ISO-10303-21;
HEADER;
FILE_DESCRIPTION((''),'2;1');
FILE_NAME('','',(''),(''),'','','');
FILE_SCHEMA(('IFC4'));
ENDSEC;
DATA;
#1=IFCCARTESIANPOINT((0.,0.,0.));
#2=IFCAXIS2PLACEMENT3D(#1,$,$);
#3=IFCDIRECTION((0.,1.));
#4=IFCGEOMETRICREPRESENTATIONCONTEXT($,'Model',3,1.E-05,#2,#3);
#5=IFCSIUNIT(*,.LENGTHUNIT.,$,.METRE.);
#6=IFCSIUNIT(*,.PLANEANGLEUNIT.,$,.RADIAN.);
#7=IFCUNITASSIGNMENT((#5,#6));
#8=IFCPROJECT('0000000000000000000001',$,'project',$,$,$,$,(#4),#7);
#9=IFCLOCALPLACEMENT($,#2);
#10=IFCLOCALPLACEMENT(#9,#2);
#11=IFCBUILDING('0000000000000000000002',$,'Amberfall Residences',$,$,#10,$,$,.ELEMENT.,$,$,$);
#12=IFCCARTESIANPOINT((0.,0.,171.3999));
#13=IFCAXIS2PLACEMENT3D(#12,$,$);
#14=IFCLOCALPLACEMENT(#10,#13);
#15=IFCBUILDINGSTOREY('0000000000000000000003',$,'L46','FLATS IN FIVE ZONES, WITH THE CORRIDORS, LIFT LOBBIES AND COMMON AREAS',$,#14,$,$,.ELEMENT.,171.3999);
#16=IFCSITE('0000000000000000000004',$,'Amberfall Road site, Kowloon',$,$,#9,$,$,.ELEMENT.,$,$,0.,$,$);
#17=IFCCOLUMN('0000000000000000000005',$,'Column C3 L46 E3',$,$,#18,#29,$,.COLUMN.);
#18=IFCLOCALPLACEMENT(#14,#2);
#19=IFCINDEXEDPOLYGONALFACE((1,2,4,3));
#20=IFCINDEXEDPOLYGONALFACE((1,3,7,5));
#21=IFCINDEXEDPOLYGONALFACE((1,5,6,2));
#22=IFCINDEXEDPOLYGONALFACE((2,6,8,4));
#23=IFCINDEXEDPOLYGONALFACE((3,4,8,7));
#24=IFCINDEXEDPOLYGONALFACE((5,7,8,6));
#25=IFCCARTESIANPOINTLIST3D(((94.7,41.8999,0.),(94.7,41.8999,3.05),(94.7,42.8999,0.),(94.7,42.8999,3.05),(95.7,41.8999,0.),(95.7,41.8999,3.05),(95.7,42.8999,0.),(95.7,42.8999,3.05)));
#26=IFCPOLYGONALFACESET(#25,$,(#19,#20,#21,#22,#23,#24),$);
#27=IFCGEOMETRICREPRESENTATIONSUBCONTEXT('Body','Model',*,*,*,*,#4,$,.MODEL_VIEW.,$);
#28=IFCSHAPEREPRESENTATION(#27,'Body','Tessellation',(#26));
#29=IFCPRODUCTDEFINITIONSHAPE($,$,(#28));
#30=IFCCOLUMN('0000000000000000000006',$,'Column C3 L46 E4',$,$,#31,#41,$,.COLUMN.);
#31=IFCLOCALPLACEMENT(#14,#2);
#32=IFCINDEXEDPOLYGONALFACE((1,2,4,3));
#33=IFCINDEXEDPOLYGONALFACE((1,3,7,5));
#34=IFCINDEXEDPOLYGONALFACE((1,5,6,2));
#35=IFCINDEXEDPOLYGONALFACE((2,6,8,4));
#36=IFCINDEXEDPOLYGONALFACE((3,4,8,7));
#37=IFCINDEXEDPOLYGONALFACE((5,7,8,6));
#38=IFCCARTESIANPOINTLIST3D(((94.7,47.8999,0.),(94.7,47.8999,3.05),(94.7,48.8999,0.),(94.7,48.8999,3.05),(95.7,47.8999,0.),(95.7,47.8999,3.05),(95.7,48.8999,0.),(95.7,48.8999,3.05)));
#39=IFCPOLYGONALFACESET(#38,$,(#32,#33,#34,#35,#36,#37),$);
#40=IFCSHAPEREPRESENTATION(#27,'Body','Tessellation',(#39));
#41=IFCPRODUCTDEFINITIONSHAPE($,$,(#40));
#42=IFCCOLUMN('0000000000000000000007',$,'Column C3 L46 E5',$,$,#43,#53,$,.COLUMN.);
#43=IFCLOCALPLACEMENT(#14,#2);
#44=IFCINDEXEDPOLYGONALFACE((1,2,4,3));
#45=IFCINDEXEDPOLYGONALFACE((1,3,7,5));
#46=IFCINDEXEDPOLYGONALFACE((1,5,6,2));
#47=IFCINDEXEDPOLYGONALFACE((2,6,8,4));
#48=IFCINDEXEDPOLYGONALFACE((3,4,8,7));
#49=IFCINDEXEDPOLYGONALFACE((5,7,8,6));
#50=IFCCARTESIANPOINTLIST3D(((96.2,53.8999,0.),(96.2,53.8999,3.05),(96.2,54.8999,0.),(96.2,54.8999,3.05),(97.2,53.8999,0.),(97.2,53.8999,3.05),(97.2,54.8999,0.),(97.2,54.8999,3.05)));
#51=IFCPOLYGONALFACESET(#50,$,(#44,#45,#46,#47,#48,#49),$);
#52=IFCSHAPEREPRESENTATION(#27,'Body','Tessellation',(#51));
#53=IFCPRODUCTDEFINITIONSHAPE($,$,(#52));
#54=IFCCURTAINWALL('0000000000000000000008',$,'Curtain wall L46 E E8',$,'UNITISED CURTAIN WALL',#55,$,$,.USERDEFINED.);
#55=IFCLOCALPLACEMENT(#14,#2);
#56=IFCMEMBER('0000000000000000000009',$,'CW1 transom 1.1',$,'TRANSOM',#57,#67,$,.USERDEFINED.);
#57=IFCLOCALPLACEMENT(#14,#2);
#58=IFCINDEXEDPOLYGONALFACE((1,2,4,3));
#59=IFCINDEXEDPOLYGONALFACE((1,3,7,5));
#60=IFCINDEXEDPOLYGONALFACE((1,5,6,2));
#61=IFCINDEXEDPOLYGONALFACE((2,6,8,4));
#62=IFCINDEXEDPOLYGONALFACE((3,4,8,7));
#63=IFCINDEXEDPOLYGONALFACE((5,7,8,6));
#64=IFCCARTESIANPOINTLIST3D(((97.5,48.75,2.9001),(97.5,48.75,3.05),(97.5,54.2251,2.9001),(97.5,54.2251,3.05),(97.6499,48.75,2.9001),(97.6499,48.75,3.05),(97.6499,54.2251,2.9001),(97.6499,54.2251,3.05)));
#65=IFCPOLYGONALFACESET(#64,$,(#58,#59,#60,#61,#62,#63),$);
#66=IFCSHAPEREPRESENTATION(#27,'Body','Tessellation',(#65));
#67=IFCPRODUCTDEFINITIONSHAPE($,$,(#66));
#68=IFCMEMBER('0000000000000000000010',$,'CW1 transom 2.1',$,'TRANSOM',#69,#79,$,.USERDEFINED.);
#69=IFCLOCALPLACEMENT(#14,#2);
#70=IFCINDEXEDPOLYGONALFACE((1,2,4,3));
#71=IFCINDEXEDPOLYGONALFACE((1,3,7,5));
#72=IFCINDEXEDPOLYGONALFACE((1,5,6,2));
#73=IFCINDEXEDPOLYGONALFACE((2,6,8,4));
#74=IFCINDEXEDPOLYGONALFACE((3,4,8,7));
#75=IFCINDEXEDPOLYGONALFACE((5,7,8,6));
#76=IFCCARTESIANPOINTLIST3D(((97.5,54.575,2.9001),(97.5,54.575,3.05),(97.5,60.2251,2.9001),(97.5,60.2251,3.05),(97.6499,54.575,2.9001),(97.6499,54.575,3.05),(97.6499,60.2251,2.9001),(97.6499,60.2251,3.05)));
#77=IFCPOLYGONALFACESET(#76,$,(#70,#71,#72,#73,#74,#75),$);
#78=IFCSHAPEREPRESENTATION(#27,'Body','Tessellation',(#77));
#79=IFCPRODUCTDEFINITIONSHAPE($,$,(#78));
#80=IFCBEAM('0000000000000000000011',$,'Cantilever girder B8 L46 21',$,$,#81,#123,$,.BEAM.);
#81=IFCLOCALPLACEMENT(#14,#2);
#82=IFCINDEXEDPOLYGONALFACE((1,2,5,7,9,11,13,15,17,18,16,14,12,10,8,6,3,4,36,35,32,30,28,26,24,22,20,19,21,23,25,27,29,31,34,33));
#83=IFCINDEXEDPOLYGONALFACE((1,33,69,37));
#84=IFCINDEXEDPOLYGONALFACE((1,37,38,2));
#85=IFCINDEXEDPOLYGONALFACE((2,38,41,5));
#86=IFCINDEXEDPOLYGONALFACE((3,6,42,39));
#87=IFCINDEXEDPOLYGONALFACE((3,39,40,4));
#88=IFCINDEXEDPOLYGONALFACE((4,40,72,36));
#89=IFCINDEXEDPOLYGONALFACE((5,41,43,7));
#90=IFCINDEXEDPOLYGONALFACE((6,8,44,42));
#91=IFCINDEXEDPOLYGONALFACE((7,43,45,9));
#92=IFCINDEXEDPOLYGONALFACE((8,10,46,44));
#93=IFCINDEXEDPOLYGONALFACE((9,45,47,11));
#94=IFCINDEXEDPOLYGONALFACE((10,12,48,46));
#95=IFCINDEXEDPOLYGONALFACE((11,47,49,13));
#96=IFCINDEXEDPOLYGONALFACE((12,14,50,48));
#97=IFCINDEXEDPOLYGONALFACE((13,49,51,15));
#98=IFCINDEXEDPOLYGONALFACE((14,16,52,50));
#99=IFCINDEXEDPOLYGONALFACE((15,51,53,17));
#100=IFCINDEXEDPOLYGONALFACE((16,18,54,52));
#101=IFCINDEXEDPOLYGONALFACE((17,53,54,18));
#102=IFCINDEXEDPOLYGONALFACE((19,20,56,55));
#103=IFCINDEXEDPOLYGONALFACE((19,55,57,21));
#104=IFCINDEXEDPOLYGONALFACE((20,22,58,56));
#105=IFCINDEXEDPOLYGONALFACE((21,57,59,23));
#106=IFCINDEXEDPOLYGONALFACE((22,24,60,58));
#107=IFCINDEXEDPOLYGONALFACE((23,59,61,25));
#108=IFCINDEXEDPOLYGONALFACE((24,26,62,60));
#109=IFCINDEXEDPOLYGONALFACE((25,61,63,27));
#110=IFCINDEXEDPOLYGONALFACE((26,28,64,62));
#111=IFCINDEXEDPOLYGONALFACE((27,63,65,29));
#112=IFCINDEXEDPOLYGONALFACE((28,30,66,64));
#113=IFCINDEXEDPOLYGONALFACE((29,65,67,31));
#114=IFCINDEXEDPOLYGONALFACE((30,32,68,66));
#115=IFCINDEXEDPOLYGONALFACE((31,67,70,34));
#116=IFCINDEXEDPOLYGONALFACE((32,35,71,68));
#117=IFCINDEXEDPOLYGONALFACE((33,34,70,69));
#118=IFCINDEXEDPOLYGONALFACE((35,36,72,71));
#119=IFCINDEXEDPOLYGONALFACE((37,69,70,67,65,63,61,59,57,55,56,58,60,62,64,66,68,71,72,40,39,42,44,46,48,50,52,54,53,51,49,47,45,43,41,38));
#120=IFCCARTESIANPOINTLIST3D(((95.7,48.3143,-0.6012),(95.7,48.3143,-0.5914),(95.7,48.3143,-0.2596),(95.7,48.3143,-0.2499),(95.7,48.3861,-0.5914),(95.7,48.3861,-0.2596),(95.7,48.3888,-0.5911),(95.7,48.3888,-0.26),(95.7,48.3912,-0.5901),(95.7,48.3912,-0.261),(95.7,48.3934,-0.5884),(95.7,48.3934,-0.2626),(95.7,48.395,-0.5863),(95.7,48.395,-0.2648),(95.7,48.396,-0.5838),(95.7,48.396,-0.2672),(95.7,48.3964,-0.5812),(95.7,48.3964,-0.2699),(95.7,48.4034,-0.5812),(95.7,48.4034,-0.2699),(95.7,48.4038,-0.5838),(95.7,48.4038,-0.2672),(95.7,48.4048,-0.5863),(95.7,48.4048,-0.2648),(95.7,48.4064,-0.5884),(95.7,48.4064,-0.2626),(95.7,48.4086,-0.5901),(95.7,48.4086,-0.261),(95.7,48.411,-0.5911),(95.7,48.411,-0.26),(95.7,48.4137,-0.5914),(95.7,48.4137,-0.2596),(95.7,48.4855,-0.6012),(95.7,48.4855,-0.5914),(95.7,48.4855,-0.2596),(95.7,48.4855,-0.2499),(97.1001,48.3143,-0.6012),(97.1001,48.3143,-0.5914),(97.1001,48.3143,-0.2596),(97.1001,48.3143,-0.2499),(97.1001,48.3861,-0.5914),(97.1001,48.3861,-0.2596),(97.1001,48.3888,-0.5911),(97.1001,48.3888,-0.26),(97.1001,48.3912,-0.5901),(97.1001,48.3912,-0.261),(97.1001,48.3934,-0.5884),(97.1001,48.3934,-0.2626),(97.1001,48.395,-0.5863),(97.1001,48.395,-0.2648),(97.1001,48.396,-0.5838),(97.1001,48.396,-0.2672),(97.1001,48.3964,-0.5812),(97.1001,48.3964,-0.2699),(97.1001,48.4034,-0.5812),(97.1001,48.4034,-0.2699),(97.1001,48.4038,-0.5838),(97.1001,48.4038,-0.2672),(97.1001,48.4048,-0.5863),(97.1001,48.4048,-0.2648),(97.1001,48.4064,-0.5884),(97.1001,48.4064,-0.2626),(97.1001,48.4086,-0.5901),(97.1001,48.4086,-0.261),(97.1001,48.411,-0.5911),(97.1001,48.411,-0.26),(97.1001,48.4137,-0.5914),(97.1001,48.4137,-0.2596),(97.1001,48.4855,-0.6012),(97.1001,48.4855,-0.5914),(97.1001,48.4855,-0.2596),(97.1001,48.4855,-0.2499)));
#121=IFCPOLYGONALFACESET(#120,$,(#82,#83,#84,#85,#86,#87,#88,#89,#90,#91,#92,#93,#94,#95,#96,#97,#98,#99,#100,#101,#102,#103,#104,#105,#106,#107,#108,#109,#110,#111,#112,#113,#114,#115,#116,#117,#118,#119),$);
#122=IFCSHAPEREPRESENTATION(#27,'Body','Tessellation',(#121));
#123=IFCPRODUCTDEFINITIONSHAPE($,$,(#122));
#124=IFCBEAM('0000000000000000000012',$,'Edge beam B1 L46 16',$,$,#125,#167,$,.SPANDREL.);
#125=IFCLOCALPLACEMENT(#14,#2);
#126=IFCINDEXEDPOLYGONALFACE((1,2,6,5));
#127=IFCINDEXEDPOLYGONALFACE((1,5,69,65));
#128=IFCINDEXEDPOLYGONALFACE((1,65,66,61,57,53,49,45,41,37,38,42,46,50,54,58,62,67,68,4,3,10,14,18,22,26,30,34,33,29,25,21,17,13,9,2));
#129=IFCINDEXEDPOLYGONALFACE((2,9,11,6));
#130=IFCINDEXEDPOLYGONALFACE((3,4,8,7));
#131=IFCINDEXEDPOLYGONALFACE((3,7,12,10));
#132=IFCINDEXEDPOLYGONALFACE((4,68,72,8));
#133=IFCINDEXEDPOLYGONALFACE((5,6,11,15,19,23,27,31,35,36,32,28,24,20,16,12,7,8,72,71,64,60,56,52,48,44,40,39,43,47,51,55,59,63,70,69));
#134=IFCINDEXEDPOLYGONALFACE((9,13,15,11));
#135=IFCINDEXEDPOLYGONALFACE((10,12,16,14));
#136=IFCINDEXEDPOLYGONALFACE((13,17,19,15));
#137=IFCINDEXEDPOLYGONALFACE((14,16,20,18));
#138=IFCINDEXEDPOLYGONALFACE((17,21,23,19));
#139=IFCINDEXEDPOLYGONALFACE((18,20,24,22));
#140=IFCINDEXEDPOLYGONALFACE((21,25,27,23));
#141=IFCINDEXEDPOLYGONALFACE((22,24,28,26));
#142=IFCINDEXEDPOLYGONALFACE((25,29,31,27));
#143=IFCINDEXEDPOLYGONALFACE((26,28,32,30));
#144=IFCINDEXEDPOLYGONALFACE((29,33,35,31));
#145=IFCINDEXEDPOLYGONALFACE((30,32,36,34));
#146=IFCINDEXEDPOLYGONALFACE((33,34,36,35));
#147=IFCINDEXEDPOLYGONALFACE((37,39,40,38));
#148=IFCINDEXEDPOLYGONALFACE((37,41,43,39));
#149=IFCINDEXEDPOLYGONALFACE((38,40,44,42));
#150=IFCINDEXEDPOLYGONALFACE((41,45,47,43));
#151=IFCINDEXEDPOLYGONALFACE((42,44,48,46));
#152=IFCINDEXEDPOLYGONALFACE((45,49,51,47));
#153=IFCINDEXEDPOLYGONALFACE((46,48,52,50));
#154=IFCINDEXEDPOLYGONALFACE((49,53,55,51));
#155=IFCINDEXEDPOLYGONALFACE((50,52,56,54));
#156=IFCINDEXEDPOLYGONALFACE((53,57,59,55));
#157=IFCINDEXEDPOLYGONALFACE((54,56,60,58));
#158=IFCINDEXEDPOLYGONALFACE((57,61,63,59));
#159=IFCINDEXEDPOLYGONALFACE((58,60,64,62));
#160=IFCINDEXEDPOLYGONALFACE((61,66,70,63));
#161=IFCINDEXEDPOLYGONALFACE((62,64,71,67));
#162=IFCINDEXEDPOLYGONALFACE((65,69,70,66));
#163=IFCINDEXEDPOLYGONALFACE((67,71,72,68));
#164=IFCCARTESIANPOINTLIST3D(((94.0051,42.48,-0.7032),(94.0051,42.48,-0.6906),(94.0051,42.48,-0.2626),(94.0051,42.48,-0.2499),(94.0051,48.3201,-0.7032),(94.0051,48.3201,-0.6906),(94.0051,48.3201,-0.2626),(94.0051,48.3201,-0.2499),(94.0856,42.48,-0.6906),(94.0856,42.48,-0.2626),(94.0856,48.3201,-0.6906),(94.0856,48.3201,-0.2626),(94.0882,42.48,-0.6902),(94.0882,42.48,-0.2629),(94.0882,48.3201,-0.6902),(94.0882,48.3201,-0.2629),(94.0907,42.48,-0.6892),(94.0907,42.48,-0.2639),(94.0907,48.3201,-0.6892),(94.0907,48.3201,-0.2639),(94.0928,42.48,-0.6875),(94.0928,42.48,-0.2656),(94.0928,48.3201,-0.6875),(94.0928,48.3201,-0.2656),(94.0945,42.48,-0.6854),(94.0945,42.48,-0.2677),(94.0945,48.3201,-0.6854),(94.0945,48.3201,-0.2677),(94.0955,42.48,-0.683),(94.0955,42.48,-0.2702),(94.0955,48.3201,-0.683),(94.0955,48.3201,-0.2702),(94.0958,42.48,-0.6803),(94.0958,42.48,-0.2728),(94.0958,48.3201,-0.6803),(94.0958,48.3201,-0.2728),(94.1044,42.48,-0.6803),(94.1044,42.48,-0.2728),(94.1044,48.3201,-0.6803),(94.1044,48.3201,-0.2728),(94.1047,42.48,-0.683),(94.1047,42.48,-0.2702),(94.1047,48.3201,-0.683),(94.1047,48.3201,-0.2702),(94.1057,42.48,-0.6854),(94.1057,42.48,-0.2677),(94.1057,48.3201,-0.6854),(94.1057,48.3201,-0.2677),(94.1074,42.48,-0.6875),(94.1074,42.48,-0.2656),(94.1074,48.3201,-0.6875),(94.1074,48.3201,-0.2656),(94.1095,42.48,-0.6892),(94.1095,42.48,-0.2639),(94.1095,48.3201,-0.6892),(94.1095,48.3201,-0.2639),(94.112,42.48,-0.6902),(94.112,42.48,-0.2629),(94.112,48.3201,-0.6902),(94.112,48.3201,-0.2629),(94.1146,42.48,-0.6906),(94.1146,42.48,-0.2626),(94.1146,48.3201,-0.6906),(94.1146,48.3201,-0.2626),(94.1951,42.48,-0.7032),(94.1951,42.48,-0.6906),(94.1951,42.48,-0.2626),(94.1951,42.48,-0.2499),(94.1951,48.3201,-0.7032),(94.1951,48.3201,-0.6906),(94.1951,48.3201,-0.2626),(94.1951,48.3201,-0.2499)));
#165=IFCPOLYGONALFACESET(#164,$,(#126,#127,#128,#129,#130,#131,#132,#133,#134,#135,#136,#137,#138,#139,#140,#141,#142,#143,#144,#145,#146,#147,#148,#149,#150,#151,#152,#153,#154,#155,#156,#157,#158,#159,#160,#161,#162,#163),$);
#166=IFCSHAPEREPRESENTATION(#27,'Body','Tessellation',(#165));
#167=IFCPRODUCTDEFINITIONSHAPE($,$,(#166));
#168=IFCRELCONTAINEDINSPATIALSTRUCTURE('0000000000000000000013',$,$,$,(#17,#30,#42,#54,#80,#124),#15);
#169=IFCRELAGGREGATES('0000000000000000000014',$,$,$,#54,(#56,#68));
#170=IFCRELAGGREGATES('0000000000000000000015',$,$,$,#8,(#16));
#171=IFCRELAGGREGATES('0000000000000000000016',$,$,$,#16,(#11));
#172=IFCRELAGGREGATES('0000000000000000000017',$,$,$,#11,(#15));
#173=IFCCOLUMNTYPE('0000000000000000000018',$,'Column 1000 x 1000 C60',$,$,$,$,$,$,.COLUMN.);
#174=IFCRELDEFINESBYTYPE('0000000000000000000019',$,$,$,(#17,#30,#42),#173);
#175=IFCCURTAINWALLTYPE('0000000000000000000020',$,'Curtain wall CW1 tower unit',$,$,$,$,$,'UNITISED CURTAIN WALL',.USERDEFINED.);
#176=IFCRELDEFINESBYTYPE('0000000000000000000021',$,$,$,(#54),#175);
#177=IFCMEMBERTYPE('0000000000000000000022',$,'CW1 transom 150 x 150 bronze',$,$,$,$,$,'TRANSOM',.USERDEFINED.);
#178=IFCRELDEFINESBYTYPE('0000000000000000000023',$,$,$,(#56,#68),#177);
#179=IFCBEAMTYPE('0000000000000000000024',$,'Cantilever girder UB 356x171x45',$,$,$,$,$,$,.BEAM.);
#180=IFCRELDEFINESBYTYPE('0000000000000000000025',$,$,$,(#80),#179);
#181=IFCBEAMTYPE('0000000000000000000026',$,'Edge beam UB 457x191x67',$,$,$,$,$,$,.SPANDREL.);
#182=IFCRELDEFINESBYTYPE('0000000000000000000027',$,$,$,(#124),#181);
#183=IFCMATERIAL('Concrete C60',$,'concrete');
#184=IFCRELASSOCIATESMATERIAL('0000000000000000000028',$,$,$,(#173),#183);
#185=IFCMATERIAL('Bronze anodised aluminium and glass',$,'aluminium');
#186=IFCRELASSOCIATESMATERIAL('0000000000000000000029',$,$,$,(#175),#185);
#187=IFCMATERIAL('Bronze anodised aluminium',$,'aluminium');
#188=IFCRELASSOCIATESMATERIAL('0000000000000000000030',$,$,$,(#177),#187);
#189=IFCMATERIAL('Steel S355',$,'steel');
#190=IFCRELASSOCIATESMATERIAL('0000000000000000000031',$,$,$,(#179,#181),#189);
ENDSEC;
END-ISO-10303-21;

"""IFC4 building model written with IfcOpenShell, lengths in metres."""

from ifc_helpers import new_model, si_unit, direction, frame, origin, origin_2d, place, context, subcontext, project, spatial, rectangle, i_section, extrude, material, material_profile, profile_set, type_object, element, aggregate, save


model = new_model("IFC4")

# Units and contexts
model_context = context("Model", 3, precision=1e-05, world=origin(), true_north=direction((0.0, 1.0)))
body_context = subcontext(model_context, "Body", "Model", "MODEL_VIEW")
ifc_project = project(units=[si_unit("LENGTHUNIT", "METRE"), si_unit("PLANEANGLEUNIT", "RADIAN")], contexts=[model_context])

# Site, building, storey
site_placement = place(None, origin())
site = spatial("IfcSite", under=ifc_project, at=site_placement, Name="Amberfall Road site, Kowloon", CompositionType="ELEMENT", RefElevation=0.0)
building_placement = place(site_placement, origin())
building = spatial("IfcBuilding", under=site, at=building_placement, Name="Amberfall Residences", CompositionType="ELEMENT")
storey_placement = place(building_placement, frame((0.0, 0.0, 171.3999)))
storey = spatial("IfcBuildingStorey", under=building, at=storey_placement, Name="L46", Description="FLATS IN FIVE ZONES, WITH THE CORRIDORS, LIFT LOBBIES AND COMMON AREAS", CompositionType="ELEMENT", Elevation=171.3999)

# Columns
ifc_material_1 = material(Name="Concrete C60", Category="concrete")
ifc_material_profile_1 = material_profile(ifc_material_1, rectangle(XDim=1.0, YDim=1.0, at=origin_2d()), Name="Column 1000 x 1000 C60")
ifc_profile_set_1 = profile_set([ifc_material_profile_1], Name="Concrete C60")
column_type = type_object("IfcColumnType", Name="Column 1000 x 1000 C60", PredefinedType="COLUMN", material=ifc_profile_set_1)
for number, where, z_axis, x_axis, name in (
    (1, (95.2, 42.3999, 0.0), (0.0, 0.0, 1.0), (1.0, 0.0, 0.0), "Column C3 L46 E3"),
    (2, (95.2, 48.3999, 0.0), (0.0, 0.0, 1.0), (1.0, 0.0, 0.0), "Column C3 L46 E4"),
    (3, (96.7, 54.3999, 0.0), (0.0, 0.0, 1.0), (1.0, 0.0, 0.0), "Column C3 L46 E5"),
):
    element("IfcColumn", number, at=place(storey_placement, frame(where, z_axis=z_axis, x_axis=x_axis)), inside=storey, type_object=column_type, Name=name, PredefinedType="COLUMN", context=body_context, shape_type="SweptSolid", body=[
        extrude(rectangle(XDim=1.0, YDim=1.0, at=origin_2d()), origin(), (0.0, 0.0, 1.0), 3.05),
    ])

# Curtain wall, members
ifc_material_2 = material(Name="Bronze anodised aluminium and glass", Category="aluminium")
curtain_wall_type = type_object("IfcCurtainWallType", Name="Curtain wall CW1 tower unit", ElementType="UNITISED CURTAIN WALL", PredefinedType="USERDEFINED", material=ifc_material_2)
curtain_wall_placement = place(storey_placement, origin())
curtain_wall = element("IfcCurtainWall", 4, at=curtain_wall_placement, inside=storey, type_object=curtain_wall_type, Name="Curtain wall L46 E E8", ObjectType="UNITISED CURTAIN WALL", PredefinedType="USERDEFINED")
ifc_material_3 = material(Name="Bronze anodised aluminium", Category="aluminium")
ifc_material_profile_2 = material_profile(ifc_material_3, rectangle(XDim=0.1499, YDim=0.1499, at=origin_2d()), Name="CW1 transom 150 x 150 bronze")
ifc_profile_set_2 = profile_set([ifc_material_profile_2], Name="Bronze anodised aluminium")
member_type_1 = type_object("IfcMemberType", Name="CW1 transom 150 x 150 bronze", ElementType="TRANSOM", PredefinedType="USERDEFINED", material=ifc_profile_set_2)
member_1_placement = place(storey_placement, frame((97.575, 48.75, 2.9751), z_axis=(0.0, 1.0, 0.0), x_axis=(-1.0, 0.0, 0.0)))
member_1 = element("IfcMember", 5, at=member_1_placement, type_object=member_type_1, Name="CW1 transom 1.1", ObjectType="TRANSOM", PredefinedType="USERDEFINED", context=body_context, shape_type="SweptSolid", body=[
    extrude(rectangle(XDim=0.1499, YDim=0.1499, at=origin_2d()), origin(), (0.0, 0.0, 1.0), 5.4751),
])
member_2_placement = place(storey_placement, frame((97.575, 54.575, 2.9751), z_axis=(0.0, 1.0, 0.0), x_axis=(-1.0, 0.0, 0.0)))
member_2 = element("IfcMember", 6, at=member_2_placement, type_object=member_type_1, Name="CW1 transom 2.1", ObjectType="TRANSOM", PredefinedType="USERDEFINED", context=body_context, shape_type="SweptSolid", body=[
    extrude(rectangle(XDim=0.1499, YDim=0.1499, at=origin_2d()), origin(), (0.0, 0.0, 1.0), 5.6501),
])

# Beams
ifc_material_4 = material(Name="Steel S355", Category="steel")
ifc_material_profile_3 = material_profile(ifc_material_4, i_section(OverallWidth=0.1711, OverallDepth=0.3513, WebThickness=0.0071, FlangeThickness=0.0098, FilletRadius=0.0103, at=origin_2d()), Name="UB 356x171x45")
ifc_profile_set_3 = profile_set([ifc_material_profile_3], Name="Steel S355")
beam_type_1 = type_object("IfcBeamType", Name="Cantilever girder UB 356x171x45", PredefinedType="BEAM", material=ifc_profile_set_3)
beam_1_placement = place(storey_placement, frame((95.7, 48.3999, -0.4255), z_axis=(1.0, 0.0, 0.0), x_axis=(0.0, 1.0, 0.0)))
element("IfcBeam", 7, at=beam_1_placement, inside=storey, type_object=beam_type_1, Name="Cantilever girder B8 L46 21", PredefinedType="BEAM", context=body_context, shape_type="SweptSolid", body=[
    extrude(i_section(OverallWidth=0.1711, OverallDepth=0.3513, WebThickness=0.0071, FlangeThickness=0.0098, FilletRadius=0.0103, at=origin_2d()), origin(), (0.0, 0.0, 1.0), 1.4001),
])
ifc_material_profile_4 = material_profile(ifc_material_4, i_section(OverallWidth=0.1899, OverallDepth=0.4534, WebThickness=0.0085, FlangeThickness=0.0127, FilletRadius=0.0103, at=origin_2d()), Name="UB 457x191x67")
ifc_profile_set_4 = profile_set([ifc_material_profile_4], Name="Steel S355")
beam_type_2 = type_object("IfcBeamType", Name="Edge beam UB 457x191x67", PredefinedType="SPANDREL", material=ifc_profile_set_4)
beam_2_placement = place(storey_placement, frame((94.1001, 42.48, -0.4766), z_axis=(0.0, 1.0, 0.0), x_axis=(-1.0, 0.0, 0.0)))
element("IfcBeam", 8, at=beam_2_placement, inside=storey, type_object=beam_type_2, Name="Edge beam B1 L46 16", PredefinedType="SPANDREL", context=body_context, shape_type="SweptSolid", body=[
    extrude(i_section(OverallWidth=0.1899, OverallDepth=0.4534, WebThickness=0.0085, FlangeThickness=0.0127, FilletRadius=0.0103, at=origin_2d()), origin(), (0.0, 0.0, 1.0), 5.8401),
])

aggregate(curtain_wall, [member_1, member_2])

save(model, "model.ifc")
